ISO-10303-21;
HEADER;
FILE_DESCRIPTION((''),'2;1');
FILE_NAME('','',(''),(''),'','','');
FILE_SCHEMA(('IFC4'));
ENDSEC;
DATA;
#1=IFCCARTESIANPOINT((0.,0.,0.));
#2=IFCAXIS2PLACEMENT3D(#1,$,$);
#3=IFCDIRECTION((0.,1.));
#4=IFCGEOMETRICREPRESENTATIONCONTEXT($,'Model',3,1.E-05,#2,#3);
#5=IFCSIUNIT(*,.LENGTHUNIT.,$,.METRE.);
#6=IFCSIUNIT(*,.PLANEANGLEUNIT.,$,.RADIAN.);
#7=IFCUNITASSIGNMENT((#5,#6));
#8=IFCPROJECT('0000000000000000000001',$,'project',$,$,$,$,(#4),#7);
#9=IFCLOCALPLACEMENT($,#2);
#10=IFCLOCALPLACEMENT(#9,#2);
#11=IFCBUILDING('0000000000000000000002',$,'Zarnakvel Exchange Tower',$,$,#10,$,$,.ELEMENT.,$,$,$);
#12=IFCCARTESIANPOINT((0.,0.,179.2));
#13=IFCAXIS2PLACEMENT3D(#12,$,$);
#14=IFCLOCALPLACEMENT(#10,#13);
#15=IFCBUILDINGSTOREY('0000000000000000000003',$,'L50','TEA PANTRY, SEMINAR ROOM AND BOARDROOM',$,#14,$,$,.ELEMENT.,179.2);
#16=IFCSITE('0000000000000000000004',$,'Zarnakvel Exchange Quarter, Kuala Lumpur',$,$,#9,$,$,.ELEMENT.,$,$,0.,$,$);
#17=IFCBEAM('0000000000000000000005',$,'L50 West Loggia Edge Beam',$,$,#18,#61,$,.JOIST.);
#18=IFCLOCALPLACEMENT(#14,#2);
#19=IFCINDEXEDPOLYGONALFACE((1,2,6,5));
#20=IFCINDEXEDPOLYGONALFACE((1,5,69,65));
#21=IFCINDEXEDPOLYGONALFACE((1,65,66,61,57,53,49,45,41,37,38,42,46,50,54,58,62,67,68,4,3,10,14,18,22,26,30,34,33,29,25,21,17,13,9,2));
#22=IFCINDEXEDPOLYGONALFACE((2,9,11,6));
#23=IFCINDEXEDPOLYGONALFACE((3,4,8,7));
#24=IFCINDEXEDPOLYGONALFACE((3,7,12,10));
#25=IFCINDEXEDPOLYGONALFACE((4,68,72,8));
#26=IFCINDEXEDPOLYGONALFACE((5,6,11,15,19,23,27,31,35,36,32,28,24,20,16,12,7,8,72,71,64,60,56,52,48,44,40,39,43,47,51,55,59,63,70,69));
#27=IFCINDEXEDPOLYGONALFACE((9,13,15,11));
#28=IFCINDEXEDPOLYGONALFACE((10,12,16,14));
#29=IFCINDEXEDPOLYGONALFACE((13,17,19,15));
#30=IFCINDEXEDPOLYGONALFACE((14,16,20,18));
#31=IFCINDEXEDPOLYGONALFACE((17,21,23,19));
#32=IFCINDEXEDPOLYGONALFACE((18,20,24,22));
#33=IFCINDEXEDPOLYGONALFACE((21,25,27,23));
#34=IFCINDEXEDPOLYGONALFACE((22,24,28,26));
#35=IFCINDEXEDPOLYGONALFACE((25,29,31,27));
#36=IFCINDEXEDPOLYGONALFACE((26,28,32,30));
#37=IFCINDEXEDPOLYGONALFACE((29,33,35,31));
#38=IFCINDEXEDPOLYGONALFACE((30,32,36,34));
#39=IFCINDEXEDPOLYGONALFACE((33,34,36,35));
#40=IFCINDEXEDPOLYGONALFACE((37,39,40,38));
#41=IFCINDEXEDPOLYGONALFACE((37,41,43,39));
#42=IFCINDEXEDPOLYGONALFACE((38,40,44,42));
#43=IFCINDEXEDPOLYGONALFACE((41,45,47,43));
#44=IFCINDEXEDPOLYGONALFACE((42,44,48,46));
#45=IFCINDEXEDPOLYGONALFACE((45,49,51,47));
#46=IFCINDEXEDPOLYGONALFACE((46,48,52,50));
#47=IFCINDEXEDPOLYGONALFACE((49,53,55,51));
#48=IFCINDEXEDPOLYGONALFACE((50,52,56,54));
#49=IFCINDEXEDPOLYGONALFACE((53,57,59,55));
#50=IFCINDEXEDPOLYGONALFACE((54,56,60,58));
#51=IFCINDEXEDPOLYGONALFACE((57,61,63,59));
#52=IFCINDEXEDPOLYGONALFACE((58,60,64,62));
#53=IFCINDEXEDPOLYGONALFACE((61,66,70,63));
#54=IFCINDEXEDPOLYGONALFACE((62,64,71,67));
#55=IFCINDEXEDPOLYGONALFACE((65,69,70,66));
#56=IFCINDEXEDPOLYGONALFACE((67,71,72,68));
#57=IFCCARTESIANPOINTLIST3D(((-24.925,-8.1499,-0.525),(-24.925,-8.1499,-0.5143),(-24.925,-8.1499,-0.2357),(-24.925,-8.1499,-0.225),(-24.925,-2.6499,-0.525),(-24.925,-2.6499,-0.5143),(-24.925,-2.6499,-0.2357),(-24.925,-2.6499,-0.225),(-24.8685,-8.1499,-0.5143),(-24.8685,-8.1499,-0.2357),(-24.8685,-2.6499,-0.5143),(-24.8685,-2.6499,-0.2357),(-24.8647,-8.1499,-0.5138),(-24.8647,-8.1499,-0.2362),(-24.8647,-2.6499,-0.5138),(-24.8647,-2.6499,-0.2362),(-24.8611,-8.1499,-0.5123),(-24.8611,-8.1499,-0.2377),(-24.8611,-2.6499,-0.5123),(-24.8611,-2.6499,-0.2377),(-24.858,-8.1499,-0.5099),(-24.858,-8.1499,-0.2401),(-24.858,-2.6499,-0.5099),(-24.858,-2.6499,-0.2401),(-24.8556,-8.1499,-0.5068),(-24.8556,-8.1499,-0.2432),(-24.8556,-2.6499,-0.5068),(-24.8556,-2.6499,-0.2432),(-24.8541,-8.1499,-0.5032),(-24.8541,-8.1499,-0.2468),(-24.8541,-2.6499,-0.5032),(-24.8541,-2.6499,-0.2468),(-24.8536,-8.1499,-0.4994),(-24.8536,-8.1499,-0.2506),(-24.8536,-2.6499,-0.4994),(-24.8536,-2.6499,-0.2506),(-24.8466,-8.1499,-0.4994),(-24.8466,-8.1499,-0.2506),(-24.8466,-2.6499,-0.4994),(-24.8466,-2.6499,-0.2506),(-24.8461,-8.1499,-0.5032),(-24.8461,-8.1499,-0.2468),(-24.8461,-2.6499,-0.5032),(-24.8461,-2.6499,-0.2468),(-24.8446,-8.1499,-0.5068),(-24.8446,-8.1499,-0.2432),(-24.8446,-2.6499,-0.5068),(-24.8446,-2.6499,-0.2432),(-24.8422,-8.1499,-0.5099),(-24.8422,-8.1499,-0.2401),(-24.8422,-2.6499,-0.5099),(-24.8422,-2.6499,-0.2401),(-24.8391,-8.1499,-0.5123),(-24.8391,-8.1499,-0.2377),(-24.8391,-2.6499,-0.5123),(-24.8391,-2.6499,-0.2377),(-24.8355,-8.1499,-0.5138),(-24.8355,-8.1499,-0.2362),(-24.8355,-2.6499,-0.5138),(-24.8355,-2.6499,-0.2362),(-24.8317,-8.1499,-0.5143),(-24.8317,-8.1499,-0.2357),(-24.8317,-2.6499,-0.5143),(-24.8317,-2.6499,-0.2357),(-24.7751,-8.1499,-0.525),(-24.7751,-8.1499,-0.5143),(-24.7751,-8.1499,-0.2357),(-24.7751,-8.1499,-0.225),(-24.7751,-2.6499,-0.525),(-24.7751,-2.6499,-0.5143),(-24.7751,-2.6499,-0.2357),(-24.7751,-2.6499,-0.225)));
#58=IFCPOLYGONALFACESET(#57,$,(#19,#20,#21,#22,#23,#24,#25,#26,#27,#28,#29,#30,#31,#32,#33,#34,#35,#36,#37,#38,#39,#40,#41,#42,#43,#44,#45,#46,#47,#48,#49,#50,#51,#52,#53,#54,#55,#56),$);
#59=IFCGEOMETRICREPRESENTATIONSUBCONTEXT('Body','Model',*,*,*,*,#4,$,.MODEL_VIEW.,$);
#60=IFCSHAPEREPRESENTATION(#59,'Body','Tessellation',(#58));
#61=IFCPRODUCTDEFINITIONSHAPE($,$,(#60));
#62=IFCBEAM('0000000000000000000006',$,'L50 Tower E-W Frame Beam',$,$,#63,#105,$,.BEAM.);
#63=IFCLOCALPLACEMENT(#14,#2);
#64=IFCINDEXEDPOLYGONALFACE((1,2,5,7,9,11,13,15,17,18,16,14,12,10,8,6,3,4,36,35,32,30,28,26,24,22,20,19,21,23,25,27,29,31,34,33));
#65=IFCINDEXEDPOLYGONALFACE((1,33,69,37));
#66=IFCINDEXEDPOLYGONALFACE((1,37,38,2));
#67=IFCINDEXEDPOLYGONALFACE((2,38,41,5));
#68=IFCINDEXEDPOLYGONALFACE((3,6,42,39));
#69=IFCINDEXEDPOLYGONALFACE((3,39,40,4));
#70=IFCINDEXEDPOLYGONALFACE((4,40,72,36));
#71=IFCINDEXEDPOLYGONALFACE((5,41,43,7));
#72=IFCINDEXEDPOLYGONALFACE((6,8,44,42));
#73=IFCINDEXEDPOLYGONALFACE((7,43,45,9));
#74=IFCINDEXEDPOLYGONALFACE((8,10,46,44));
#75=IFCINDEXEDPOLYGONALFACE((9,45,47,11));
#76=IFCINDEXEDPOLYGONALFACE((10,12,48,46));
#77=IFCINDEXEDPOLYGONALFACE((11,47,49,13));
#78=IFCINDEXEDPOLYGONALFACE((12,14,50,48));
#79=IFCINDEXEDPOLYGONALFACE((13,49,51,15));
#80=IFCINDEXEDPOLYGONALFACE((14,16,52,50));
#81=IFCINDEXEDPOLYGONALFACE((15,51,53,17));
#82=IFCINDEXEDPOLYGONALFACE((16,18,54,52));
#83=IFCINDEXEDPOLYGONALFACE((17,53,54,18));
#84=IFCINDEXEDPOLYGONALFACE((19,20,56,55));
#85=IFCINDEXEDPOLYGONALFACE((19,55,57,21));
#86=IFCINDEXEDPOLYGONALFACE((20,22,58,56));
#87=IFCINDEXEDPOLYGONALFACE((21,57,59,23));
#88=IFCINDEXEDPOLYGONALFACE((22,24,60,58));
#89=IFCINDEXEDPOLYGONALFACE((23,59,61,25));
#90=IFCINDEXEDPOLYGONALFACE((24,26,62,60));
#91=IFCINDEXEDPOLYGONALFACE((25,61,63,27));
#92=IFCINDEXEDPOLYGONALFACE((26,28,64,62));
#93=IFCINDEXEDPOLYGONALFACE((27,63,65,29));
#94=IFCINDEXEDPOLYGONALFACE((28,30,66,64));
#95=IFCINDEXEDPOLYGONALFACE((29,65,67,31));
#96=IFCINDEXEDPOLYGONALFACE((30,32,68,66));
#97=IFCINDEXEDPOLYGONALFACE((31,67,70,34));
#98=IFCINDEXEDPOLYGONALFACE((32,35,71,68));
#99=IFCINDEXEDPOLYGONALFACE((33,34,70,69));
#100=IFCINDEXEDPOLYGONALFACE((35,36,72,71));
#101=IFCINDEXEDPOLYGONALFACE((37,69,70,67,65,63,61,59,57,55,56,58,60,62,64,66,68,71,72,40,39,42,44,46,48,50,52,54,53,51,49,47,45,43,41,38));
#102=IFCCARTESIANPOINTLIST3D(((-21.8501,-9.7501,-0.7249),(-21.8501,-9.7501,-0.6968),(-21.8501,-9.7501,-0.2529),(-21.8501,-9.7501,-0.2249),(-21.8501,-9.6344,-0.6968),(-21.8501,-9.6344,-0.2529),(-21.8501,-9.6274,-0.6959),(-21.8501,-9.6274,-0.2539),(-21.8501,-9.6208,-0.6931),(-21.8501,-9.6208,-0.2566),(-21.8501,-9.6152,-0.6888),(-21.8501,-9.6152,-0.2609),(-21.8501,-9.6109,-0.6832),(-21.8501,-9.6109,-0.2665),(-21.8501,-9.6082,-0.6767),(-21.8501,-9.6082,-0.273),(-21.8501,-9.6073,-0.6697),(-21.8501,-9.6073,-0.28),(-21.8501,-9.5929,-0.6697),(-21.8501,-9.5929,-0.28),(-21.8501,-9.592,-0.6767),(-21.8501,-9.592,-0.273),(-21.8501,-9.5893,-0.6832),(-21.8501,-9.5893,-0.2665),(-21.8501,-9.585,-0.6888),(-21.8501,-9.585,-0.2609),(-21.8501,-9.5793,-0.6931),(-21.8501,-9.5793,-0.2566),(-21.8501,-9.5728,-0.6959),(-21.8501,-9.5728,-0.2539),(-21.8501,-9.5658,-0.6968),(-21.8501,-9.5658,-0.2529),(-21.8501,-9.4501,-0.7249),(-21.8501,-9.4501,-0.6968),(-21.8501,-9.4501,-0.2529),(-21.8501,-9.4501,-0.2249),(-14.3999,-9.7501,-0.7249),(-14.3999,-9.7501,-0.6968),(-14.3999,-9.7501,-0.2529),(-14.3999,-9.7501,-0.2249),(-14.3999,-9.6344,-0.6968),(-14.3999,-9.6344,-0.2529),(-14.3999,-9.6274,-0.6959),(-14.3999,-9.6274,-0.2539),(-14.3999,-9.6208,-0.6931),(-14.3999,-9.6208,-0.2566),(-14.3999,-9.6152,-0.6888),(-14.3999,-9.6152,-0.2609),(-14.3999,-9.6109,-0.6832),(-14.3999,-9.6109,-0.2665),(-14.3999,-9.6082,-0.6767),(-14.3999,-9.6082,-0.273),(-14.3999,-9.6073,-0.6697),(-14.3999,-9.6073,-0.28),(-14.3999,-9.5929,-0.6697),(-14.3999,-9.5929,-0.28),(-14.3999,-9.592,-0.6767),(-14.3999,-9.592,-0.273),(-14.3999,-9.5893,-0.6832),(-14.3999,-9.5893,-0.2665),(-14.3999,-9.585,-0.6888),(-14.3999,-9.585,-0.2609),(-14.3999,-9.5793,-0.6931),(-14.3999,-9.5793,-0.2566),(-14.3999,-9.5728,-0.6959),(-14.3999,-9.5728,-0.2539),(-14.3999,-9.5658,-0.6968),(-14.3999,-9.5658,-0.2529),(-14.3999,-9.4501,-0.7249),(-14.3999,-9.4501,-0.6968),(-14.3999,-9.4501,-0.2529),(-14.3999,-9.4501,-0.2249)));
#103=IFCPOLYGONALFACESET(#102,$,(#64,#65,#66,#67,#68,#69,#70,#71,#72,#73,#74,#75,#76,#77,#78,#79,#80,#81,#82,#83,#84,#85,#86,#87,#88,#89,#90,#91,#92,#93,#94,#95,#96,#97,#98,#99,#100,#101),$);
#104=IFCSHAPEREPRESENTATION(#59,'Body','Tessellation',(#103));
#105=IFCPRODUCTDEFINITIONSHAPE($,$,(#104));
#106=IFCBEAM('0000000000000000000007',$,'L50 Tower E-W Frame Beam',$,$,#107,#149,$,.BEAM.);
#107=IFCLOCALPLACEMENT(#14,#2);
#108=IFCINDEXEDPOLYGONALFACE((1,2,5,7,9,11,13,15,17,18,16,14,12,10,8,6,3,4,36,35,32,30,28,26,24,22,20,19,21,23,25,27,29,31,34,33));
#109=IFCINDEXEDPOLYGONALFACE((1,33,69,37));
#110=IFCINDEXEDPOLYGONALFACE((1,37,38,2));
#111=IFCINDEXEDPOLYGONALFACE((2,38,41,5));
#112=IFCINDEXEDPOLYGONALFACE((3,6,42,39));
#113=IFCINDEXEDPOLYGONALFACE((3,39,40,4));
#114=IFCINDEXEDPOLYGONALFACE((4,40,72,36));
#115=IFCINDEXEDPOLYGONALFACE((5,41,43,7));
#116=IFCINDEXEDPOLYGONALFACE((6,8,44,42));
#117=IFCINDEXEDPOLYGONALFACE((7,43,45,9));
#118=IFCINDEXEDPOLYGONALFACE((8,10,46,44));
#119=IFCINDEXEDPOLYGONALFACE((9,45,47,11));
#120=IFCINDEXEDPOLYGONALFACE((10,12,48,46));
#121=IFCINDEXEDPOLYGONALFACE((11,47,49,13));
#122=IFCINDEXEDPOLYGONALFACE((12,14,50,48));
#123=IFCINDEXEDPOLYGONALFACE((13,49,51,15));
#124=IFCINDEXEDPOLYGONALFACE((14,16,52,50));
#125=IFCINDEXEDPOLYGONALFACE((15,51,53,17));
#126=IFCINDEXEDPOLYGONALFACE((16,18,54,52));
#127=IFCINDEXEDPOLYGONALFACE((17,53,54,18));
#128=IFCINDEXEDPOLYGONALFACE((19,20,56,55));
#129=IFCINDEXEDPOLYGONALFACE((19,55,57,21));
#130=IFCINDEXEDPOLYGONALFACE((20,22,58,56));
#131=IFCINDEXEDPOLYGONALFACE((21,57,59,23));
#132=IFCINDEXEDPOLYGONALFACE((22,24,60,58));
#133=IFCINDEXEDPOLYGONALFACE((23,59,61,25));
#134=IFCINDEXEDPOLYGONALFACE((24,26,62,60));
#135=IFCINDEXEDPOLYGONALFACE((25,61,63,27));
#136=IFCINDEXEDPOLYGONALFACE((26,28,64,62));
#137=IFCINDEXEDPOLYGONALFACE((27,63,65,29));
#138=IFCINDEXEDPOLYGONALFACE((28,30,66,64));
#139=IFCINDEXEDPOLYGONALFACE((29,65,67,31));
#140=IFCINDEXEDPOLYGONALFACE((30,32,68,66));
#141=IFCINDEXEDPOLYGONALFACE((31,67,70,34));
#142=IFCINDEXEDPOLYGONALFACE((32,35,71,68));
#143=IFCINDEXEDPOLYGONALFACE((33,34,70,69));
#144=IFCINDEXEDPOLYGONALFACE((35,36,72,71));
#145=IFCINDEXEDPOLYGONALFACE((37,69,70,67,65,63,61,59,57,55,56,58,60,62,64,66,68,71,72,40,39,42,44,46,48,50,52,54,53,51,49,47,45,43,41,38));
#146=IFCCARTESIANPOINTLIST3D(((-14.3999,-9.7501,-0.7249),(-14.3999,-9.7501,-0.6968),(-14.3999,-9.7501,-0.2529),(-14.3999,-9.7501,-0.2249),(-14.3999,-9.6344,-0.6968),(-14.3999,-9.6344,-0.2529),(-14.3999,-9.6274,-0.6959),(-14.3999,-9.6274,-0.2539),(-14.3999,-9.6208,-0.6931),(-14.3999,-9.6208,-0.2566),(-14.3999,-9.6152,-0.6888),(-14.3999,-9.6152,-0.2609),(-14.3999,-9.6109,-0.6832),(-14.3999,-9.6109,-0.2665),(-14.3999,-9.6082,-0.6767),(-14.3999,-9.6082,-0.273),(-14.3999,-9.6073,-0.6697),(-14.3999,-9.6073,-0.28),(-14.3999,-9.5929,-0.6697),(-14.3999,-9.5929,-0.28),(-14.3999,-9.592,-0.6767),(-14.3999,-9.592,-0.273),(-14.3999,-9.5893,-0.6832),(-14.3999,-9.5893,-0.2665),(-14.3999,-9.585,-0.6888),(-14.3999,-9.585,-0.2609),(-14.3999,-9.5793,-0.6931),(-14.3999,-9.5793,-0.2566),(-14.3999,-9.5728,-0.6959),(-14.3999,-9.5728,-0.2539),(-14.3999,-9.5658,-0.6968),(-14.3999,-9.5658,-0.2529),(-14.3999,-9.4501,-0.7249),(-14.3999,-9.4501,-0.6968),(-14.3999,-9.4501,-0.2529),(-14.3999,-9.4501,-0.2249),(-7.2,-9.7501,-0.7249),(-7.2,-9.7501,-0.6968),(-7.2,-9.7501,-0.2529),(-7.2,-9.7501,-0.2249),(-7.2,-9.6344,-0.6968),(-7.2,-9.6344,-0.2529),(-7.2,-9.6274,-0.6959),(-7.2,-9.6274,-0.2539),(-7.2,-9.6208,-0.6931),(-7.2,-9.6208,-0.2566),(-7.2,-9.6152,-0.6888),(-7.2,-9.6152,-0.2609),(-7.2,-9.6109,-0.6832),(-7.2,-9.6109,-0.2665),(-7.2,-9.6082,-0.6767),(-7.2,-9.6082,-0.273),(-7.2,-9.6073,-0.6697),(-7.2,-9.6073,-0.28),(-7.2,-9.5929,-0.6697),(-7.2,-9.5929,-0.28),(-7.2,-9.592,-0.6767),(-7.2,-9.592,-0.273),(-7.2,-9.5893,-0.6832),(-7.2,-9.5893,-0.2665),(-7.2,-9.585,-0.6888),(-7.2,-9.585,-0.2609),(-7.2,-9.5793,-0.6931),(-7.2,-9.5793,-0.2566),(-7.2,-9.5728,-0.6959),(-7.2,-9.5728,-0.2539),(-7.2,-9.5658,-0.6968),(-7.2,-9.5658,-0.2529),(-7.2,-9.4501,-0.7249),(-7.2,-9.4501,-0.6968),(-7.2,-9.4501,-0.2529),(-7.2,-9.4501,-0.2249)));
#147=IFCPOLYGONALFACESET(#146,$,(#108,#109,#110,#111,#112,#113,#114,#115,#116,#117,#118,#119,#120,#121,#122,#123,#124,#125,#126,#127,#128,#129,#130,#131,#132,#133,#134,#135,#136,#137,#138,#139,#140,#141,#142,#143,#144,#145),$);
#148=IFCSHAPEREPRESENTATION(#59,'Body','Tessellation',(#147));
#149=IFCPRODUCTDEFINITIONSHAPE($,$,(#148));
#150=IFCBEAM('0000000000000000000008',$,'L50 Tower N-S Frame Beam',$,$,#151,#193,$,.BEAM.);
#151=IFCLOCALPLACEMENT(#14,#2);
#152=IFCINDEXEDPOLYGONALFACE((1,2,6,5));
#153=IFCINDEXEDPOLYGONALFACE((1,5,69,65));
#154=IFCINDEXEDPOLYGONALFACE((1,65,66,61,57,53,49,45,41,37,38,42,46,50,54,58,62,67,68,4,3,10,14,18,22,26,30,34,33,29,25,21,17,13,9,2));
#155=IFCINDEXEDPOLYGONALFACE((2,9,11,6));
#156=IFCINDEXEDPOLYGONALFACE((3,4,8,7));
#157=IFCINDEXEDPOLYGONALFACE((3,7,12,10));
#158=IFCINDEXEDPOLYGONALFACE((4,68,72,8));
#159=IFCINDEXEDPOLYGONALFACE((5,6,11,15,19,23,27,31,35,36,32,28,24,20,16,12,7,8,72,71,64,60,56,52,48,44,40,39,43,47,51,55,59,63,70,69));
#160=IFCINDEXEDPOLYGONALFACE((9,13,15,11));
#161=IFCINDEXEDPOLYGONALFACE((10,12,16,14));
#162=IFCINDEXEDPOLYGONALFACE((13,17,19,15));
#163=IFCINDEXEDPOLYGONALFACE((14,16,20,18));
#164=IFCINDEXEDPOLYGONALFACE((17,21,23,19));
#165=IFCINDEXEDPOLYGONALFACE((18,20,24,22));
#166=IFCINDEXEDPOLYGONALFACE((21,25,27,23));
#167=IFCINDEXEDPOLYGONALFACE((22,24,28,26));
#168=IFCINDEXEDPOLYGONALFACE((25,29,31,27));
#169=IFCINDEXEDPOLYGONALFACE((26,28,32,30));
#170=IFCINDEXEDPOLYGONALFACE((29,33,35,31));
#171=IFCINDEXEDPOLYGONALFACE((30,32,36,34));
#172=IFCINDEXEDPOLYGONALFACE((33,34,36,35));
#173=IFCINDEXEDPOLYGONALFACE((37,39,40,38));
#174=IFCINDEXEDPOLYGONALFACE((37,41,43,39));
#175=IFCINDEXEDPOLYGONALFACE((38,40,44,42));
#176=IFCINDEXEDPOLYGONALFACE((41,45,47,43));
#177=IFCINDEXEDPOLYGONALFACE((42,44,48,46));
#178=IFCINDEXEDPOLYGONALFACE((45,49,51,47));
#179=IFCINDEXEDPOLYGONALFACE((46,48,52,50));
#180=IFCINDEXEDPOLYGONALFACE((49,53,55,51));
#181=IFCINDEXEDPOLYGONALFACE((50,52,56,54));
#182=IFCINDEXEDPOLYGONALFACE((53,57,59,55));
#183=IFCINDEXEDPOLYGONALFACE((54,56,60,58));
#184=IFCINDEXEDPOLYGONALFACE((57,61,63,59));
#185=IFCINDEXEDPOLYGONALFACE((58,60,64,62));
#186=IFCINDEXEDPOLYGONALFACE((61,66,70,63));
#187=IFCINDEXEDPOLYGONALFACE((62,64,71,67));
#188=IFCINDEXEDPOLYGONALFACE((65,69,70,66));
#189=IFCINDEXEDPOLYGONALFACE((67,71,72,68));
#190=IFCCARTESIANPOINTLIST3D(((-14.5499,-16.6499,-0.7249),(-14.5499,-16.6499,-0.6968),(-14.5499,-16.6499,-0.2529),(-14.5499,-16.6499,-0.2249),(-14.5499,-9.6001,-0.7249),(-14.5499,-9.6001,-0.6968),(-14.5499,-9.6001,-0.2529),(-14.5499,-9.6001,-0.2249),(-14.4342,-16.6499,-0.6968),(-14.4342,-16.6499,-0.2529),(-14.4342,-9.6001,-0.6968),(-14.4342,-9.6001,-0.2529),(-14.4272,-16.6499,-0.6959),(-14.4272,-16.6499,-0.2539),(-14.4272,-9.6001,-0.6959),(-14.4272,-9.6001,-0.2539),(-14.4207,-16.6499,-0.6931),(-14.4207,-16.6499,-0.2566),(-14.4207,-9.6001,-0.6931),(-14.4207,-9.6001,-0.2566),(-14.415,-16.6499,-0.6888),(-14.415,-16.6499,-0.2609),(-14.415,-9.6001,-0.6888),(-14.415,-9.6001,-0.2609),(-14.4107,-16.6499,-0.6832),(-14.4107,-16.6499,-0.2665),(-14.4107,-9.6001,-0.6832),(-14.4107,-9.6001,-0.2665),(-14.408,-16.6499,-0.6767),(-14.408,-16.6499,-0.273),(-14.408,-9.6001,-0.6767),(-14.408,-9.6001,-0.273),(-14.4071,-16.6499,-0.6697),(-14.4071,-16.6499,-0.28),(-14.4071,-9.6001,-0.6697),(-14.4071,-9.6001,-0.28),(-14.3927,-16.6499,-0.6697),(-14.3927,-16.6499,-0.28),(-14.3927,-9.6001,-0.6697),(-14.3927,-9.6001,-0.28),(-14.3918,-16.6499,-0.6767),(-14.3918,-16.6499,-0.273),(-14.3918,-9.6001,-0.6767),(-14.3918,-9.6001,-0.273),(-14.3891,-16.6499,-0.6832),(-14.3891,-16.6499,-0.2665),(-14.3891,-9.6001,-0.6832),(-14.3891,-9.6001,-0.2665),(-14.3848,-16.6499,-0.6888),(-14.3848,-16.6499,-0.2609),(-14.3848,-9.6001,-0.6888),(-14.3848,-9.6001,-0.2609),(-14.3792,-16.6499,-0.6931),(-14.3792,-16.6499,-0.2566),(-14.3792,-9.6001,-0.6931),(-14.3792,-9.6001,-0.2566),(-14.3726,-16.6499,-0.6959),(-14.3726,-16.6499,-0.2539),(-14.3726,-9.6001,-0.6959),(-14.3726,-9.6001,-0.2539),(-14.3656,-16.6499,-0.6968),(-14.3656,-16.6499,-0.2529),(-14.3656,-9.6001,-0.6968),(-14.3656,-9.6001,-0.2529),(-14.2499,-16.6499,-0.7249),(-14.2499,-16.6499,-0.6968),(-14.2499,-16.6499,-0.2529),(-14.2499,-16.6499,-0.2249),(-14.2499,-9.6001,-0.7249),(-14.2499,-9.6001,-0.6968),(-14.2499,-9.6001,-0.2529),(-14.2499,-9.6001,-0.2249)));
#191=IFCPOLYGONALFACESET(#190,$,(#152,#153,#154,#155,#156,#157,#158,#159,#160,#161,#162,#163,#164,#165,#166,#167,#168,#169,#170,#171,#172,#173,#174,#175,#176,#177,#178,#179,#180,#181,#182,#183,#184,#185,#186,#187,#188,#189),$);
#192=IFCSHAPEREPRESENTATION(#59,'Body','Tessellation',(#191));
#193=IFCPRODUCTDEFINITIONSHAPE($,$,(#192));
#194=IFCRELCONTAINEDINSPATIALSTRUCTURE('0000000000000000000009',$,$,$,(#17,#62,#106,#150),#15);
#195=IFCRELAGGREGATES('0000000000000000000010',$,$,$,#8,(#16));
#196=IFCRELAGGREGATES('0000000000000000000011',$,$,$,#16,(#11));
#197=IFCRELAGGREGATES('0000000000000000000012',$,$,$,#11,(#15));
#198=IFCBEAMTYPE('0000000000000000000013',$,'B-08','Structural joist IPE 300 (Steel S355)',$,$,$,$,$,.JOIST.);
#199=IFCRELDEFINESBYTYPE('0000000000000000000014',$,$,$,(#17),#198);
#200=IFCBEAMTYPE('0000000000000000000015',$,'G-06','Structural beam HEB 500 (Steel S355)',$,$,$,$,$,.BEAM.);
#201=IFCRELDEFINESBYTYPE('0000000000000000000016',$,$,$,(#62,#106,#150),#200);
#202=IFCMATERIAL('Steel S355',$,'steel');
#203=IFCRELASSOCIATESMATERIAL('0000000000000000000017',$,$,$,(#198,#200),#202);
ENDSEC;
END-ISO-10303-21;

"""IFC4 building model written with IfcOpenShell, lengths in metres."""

from ifc_helpers import new_model, si_unit, direction, frame, origin, origin_2d, place, context, subcontext, project, spatial, i_section, extrude, material, material_profile, profile_set, type_object, element, save


model = new_model("IFC4")

# Units and contexts
model_context = context("Model", 3, precision=1e-05, world=origin(), true_north=direction((0.0, 1.0)))
body_context = subcontext(model_context, "Body", "Model", "MODEL_VIEW")
ifc_project = project(units=[si_unit("LENGTHUNIT", "METRE"), si_unit("PLANEANGLEUNIT", "RADIAN")], contexts=[model_context])

# Site, building, storey
site_placement = place(None, origin())
site = spatial("IfcSite", under=ifc_project, at=site_placement, Name="Zarnakvel Exchange Quarter, Kuala Lumpur", CompositionType="ELEMENT", RefElevation=0.0)
building_placement = place(site_placement, origin())
building = spatial("IfcBuilding", under=site, at=building_placement, Name="Zarnakvel Exchange Tower", CompositionType="ELEMENT")
storey_placement = place(building_placement, frame((0.0, 0.0, 179.2)))
storey = spatial("IfcBuildingStorey", under=building, at=storey_placement, Name="L50", Description="TEA PANTRY, SEMINAR ROOM AND BOARDROOM", CompositionType="ELEMENT", Elevation=179.2)

# Shared definitions
ifc_material_1 = material(Name="Steel S355", Category="steel")

# Beams
ifc_material_profile_1 = material_profile(ifc_material_1, i_section(OverallWidth=0.1499, OverallDepth=0.3, WebThickness=0.0071, FlangeThickness=0.0107, FilletRadius=0.0149, at=origin_2d()))
ifc_profile_set_1 = profile_set([ifc_material_profile_1], Name="Steel S355")
beam_type_1 = type_object("IfcBeamType", Name="B-08", Description="Structural joist IPE 300 (Steel S355)", PredefinedType="JOIST", material=ifc_profile_set_1)
beam_1_placement = place(storey_placement, frame((-24.8501, -8.1499, -0.375), z_axis=(0.0, 1.0, 0.0), x_axis=(-1.0, 0.0, 0.0)))
element("IfcBeam", 1, at=beam_1_placement, inside=storey, type_object=beam_type_1, Name="L50 West Loggia Edge Beam", PredefinedType="JOIST", context=body_context, shape_type="SweptSolid", body=[
    extrude(i_section(OverallWidth=0.1499, OverallDepth=0.3, WebThickness=0.0071, FlangeThickness=0.0107, FilletRadius=0.0149, at=origin_2d()), origin(), (0.0, 0.0, 1.0), 5.5),
])
ifc_material_profile_2 = material_profile(ifc_material_1, i_section(OverallWidth=0.3, OverallDepth=0.5, WebThickness=0.0144, FlangeThickness=0.0281, FilletRadius=0.0271, at=origin_2d()))
ifc_profile_set_2 = profile_set([ifc_material_profile_2], Name="Steel S355")
beam_type_2 = type_object("IfcBeamType", Name="G-06", Description="Structural beam HEB 500 (Steel S355)", PredefinedType="BEAM", material=ifc_profile_set_2)
beam_2_placement = place(storey_placement, frame((-21.8501, -9.6001, -0.4749), z_axis=(1.0, 0.0, 0.0), x_axis=(0.0, 1.0, 0.0)))
element("IfcBeam", 2, at=beam_2_placement, inside=storey, type_object=beam_type_2, Name="L50 Tower E-W Frame Beam", PredefinedType="BEAM", context=body_context, shape_type="SweptSolid", body=[
    extrude(i_section(OverallWidth=0.3, OverallDepth=0.5, WebThickness=0.0144, FlangeThickness=0.0281, FilletRadius=0.0271, at=origin_2d()), origin(), (0.0, 0.0, 1.0), 7.4502),
])
beam_3_placement = place(storey_placement, frame((-14.3999, -9.6001, -0.4749), z_axis=(1.0, 0.0, 0.0), x_axis=(0.0, 1.0, 0.0)))
element("IfcBeam", 3, at=beam_3_placement, inside=storey, type_object=beam_type_2, Name="L50 Tower E-W Frame Beam", PredefinedType="BEAM", context=body_context, shape_type="SweptSolid", body=[
    extrude(i_section(OverallWidth=0.3, OverallDepth=0.5, WebThickness=0.0144, FlangeThickness=0.0281, FilletRadius=0.0271, at=origin_2d()), origin(), (0.0, 0.0, 1.0), 7.2),
])
beam_4_placement = place(storey_placement, frame((-14.3999, -16.6499, -0.4749), z_axis=(0.0, 1.0, 0.0), x_axis=(-1.0, 0.0, 0.0)))
element("IfcBeam", 4, at=beam_4_placement, inside=storey, type_object=beam_type_2, Name="L50 Tower N-S Frame Beam", PredefinedType="BEAM", context=body_context, shape_type="SweptSolid", body=[
    extrude(i_section(OverallWidth=0.3, OverallDepth=0.5, WebThickness=0.0144, FlangeThickness=0.0281, FilletRadius=0.0271, at=origin_2d()), origin(), (0.0, 0.0, 1.0), 7.0498),
])

save(model, "model.ifc")
